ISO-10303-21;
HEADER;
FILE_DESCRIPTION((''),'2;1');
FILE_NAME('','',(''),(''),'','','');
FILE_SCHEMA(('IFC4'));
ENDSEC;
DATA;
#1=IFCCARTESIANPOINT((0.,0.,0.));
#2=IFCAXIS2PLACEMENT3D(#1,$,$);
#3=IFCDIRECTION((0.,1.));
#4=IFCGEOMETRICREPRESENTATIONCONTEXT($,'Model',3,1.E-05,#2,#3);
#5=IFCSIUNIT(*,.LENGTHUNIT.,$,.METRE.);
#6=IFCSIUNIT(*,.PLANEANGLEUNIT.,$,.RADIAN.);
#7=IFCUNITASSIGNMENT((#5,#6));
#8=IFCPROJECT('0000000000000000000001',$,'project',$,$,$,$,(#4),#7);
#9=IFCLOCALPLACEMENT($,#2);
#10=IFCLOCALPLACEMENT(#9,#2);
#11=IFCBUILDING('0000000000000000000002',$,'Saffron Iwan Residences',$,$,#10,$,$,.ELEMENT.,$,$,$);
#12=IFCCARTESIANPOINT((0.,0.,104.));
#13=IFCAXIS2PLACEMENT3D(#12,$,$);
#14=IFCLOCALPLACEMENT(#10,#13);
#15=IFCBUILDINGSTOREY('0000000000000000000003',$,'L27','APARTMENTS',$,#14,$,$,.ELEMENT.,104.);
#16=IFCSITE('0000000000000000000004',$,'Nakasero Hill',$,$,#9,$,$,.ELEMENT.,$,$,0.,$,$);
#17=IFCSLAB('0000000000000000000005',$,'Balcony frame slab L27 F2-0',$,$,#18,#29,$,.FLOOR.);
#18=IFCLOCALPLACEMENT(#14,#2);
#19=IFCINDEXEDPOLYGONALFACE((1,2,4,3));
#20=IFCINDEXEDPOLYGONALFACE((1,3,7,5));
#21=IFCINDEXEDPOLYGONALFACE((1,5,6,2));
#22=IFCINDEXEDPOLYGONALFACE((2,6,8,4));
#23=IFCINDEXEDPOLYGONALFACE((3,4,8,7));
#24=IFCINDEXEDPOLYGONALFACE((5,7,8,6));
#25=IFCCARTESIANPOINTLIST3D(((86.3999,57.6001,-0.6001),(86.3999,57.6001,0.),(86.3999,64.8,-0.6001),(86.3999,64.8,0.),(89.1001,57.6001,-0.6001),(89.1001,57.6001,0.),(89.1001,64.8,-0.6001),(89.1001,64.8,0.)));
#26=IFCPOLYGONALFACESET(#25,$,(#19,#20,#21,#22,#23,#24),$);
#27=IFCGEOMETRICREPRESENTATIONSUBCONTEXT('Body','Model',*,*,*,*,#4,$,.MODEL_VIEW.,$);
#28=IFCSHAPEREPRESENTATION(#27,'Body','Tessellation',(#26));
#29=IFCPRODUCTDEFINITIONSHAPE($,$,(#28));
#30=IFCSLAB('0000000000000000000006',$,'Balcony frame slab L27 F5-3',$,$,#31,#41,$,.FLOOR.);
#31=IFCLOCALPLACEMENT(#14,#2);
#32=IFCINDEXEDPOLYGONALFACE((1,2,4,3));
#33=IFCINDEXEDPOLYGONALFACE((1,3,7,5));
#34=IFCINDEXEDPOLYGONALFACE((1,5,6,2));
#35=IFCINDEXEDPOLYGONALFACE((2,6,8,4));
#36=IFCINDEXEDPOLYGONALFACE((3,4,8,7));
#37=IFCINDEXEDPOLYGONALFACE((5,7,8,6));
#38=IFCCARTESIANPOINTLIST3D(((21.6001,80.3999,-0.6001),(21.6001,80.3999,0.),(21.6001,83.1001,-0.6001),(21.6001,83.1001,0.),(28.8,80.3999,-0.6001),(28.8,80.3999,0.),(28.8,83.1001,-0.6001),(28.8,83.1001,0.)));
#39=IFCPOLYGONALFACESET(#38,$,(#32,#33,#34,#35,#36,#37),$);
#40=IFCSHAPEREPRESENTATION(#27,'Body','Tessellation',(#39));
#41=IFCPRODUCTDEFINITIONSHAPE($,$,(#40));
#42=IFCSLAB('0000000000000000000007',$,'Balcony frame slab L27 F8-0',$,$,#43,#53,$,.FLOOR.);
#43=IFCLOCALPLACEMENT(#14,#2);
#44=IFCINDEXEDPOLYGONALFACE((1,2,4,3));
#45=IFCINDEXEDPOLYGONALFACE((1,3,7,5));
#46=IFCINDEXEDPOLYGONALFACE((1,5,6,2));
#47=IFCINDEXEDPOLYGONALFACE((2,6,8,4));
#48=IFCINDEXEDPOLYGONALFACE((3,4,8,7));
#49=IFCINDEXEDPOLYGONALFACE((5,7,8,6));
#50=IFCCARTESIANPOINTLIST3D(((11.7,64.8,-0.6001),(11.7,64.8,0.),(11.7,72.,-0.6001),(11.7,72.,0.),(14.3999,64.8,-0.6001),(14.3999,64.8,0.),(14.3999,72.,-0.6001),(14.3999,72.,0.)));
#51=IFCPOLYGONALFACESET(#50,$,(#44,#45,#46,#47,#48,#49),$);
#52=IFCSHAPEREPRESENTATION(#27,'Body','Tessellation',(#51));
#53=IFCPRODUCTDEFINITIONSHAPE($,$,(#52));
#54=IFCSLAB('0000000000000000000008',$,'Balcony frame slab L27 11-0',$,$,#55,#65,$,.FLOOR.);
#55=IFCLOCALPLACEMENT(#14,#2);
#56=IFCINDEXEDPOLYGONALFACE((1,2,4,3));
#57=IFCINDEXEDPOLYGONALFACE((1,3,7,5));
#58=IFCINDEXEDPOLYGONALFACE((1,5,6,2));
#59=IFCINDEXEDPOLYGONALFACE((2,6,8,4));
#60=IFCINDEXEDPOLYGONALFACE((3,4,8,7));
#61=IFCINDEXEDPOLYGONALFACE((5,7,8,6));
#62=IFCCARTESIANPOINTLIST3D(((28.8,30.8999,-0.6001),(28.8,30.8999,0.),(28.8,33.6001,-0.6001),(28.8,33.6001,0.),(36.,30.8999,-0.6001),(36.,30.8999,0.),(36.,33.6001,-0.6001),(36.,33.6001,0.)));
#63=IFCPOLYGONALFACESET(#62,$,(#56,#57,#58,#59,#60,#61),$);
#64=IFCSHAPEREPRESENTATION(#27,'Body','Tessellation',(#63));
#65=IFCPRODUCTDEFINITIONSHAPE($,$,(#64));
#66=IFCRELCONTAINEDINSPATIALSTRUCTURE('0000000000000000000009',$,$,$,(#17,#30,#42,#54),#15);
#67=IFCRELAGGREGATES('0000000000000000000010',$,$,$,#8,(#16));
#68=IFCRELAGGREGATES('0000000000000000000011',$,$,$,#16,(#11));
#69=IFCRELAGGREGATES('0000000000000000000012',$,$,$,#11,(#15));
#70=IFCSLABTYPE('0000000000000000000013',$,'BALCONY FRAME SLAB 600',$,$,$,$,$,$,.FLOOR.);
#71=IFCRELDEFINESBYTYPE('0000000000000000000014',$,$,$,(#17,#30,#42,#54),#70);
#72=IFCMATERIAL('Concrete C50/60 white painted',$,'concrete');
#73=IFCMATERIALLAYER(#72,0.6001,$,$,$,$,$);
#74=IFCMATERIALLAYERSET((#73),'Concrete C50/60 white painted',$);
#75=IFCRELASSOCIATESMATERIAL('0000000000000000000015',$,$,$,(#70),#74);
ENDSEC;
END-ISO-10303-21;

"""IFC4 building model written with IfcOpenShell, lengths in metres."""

from ifc_helpers import new_model, si_unit, direction, frame, origin, place, context, subcontext, project, spatial, polyline, outline, extrude, material, layer, layer_set, type_object, element, save


model = new_model("IFC4")

# Units and contexts
model_context = context("Model", 3, precision=1e-05, world=origin(), true_north=direction((0.0, 1.0)))
body_context = subcontext(model_context, "Body", "Model", "MODEL_VIEW")
ifc_project = project(units=[si_unit("LENGTHUNIT", "METRE"), si_unit("PLANEANGLEUNIT", "RADIAN")], contexts=[model_context])

# Site, building, storey
site_placement = place(None, origin())
site = spatial("IfcSite", under=ifc_project, at=site_placement, Name="Nakasero Hill", CompositionType="ELEMENT", RefElevation=0.0)
building_placement = place(site_placement, origin())
building = spatial("IfcBuilding", under=site, at=building_placement, Name="Saffron Iwan Residences", CompositionType="ELEMENT")
storey_placement = place(building_placement, frame((0.0, 0.0, 104.0)))
storey = spatial("IfcBuildingStorey", under=building, at=storey_placement, Name="L27", Description="APARTMENTS", CompositionType="ELEMENT", Elevation=104.0)

# Slabs
ifc_material_1 = material(Name="Concrete C50/60 white painted", Category="concrete")
ifc_layer_1 = layer(ifc_material_1, 0.6001)
ifc_layer_set_1 = layer_set([ifc_layer_1], Name="Concrete C50/60 white painted")
slab_type_1 = type_object("IfcSlabType", Name="BALCONY FRAME SLAB 600", PredefinedType="FLOOR", material=ifc_layer_set_1)
slab_1_placement = place(storey_placement, frame((0.0, 0.0, -0.6001)))
element("IfcSlab", 1, at=slab_1_placement, inside=storey, type_object=slab_type_1, Name="Balcony frame slab L27 F2-0", PredefinedType="FLOOR", context=body_context, shape_type="SweptSolid", body=[
    extrude(outline(polyline([(89.1001, 57.6001), (89.1001, 64.8), (86.3999, 64.8), (86.3999, 57.6001), (89.1001, 57.6001)])), origin(), (0.0, 0.0, 1.0), 0.6001),
])
slab_2_placement = place(storey_placement, frame((0.0, 0.0, -0.6001)))
element("IfcSlab", 2, at=slab_2_placement, inside=storey, type_object=slab_type_1, Name="Balcony frame slab L27 F5-3", PredefinedType="FLOOR", context=body_context, shape_type="SweptSolid", body=[
    extrude(outline(polyline([(28.8, 83.1001), (21.6001, 83.1001), (21.6001, 80.3999), (28.8, 80.3999), (28.8, 83.1001)])), origin(), (0.0, 0.0, 1.0), 0.6001),
])
slab_3_placement = place(storey_placement, frame((0.0, 0.0, -0.6001)))
element("IfcSlab", 3, at=slab_3_placement, inside=storey, type_object=slab_type_1, Name="Balcony frame slab L27 F8-0", PredefinedType="FLOOR", context=body_context, shape_type="SweptSolid", body=[
    extrude(outline(polyline([(11.7, 72.0), (11.7, 64.8), (14.3999, 64.8), (14.3999, 72.0), (11.7, 72.0)])), origin(), (0.0, 0.0, 1.0), 0.6001),
])
slab_4_placement = place(storey_placement, frame((0.0, 0.0, -0.6001)))
element("IfcSlab", 4, at=slab_4_placement, inside=storey, type_object=slab_type_1, Name="Balcony frame slab L27 11-0", PredefinedType="FLOOR", context=body_context, shape_type="SweptSolid", body=[
    extrude(outline(polyline([(28.8, 30.8999), (36.0, 30.8999), (36.0, 33.6001), (28.8, 33.6001), (28.8, 30.8999)])), origin(), (0.0, 0.0, 1.0), 0.6001),
])

save(model, "model.ifc")
